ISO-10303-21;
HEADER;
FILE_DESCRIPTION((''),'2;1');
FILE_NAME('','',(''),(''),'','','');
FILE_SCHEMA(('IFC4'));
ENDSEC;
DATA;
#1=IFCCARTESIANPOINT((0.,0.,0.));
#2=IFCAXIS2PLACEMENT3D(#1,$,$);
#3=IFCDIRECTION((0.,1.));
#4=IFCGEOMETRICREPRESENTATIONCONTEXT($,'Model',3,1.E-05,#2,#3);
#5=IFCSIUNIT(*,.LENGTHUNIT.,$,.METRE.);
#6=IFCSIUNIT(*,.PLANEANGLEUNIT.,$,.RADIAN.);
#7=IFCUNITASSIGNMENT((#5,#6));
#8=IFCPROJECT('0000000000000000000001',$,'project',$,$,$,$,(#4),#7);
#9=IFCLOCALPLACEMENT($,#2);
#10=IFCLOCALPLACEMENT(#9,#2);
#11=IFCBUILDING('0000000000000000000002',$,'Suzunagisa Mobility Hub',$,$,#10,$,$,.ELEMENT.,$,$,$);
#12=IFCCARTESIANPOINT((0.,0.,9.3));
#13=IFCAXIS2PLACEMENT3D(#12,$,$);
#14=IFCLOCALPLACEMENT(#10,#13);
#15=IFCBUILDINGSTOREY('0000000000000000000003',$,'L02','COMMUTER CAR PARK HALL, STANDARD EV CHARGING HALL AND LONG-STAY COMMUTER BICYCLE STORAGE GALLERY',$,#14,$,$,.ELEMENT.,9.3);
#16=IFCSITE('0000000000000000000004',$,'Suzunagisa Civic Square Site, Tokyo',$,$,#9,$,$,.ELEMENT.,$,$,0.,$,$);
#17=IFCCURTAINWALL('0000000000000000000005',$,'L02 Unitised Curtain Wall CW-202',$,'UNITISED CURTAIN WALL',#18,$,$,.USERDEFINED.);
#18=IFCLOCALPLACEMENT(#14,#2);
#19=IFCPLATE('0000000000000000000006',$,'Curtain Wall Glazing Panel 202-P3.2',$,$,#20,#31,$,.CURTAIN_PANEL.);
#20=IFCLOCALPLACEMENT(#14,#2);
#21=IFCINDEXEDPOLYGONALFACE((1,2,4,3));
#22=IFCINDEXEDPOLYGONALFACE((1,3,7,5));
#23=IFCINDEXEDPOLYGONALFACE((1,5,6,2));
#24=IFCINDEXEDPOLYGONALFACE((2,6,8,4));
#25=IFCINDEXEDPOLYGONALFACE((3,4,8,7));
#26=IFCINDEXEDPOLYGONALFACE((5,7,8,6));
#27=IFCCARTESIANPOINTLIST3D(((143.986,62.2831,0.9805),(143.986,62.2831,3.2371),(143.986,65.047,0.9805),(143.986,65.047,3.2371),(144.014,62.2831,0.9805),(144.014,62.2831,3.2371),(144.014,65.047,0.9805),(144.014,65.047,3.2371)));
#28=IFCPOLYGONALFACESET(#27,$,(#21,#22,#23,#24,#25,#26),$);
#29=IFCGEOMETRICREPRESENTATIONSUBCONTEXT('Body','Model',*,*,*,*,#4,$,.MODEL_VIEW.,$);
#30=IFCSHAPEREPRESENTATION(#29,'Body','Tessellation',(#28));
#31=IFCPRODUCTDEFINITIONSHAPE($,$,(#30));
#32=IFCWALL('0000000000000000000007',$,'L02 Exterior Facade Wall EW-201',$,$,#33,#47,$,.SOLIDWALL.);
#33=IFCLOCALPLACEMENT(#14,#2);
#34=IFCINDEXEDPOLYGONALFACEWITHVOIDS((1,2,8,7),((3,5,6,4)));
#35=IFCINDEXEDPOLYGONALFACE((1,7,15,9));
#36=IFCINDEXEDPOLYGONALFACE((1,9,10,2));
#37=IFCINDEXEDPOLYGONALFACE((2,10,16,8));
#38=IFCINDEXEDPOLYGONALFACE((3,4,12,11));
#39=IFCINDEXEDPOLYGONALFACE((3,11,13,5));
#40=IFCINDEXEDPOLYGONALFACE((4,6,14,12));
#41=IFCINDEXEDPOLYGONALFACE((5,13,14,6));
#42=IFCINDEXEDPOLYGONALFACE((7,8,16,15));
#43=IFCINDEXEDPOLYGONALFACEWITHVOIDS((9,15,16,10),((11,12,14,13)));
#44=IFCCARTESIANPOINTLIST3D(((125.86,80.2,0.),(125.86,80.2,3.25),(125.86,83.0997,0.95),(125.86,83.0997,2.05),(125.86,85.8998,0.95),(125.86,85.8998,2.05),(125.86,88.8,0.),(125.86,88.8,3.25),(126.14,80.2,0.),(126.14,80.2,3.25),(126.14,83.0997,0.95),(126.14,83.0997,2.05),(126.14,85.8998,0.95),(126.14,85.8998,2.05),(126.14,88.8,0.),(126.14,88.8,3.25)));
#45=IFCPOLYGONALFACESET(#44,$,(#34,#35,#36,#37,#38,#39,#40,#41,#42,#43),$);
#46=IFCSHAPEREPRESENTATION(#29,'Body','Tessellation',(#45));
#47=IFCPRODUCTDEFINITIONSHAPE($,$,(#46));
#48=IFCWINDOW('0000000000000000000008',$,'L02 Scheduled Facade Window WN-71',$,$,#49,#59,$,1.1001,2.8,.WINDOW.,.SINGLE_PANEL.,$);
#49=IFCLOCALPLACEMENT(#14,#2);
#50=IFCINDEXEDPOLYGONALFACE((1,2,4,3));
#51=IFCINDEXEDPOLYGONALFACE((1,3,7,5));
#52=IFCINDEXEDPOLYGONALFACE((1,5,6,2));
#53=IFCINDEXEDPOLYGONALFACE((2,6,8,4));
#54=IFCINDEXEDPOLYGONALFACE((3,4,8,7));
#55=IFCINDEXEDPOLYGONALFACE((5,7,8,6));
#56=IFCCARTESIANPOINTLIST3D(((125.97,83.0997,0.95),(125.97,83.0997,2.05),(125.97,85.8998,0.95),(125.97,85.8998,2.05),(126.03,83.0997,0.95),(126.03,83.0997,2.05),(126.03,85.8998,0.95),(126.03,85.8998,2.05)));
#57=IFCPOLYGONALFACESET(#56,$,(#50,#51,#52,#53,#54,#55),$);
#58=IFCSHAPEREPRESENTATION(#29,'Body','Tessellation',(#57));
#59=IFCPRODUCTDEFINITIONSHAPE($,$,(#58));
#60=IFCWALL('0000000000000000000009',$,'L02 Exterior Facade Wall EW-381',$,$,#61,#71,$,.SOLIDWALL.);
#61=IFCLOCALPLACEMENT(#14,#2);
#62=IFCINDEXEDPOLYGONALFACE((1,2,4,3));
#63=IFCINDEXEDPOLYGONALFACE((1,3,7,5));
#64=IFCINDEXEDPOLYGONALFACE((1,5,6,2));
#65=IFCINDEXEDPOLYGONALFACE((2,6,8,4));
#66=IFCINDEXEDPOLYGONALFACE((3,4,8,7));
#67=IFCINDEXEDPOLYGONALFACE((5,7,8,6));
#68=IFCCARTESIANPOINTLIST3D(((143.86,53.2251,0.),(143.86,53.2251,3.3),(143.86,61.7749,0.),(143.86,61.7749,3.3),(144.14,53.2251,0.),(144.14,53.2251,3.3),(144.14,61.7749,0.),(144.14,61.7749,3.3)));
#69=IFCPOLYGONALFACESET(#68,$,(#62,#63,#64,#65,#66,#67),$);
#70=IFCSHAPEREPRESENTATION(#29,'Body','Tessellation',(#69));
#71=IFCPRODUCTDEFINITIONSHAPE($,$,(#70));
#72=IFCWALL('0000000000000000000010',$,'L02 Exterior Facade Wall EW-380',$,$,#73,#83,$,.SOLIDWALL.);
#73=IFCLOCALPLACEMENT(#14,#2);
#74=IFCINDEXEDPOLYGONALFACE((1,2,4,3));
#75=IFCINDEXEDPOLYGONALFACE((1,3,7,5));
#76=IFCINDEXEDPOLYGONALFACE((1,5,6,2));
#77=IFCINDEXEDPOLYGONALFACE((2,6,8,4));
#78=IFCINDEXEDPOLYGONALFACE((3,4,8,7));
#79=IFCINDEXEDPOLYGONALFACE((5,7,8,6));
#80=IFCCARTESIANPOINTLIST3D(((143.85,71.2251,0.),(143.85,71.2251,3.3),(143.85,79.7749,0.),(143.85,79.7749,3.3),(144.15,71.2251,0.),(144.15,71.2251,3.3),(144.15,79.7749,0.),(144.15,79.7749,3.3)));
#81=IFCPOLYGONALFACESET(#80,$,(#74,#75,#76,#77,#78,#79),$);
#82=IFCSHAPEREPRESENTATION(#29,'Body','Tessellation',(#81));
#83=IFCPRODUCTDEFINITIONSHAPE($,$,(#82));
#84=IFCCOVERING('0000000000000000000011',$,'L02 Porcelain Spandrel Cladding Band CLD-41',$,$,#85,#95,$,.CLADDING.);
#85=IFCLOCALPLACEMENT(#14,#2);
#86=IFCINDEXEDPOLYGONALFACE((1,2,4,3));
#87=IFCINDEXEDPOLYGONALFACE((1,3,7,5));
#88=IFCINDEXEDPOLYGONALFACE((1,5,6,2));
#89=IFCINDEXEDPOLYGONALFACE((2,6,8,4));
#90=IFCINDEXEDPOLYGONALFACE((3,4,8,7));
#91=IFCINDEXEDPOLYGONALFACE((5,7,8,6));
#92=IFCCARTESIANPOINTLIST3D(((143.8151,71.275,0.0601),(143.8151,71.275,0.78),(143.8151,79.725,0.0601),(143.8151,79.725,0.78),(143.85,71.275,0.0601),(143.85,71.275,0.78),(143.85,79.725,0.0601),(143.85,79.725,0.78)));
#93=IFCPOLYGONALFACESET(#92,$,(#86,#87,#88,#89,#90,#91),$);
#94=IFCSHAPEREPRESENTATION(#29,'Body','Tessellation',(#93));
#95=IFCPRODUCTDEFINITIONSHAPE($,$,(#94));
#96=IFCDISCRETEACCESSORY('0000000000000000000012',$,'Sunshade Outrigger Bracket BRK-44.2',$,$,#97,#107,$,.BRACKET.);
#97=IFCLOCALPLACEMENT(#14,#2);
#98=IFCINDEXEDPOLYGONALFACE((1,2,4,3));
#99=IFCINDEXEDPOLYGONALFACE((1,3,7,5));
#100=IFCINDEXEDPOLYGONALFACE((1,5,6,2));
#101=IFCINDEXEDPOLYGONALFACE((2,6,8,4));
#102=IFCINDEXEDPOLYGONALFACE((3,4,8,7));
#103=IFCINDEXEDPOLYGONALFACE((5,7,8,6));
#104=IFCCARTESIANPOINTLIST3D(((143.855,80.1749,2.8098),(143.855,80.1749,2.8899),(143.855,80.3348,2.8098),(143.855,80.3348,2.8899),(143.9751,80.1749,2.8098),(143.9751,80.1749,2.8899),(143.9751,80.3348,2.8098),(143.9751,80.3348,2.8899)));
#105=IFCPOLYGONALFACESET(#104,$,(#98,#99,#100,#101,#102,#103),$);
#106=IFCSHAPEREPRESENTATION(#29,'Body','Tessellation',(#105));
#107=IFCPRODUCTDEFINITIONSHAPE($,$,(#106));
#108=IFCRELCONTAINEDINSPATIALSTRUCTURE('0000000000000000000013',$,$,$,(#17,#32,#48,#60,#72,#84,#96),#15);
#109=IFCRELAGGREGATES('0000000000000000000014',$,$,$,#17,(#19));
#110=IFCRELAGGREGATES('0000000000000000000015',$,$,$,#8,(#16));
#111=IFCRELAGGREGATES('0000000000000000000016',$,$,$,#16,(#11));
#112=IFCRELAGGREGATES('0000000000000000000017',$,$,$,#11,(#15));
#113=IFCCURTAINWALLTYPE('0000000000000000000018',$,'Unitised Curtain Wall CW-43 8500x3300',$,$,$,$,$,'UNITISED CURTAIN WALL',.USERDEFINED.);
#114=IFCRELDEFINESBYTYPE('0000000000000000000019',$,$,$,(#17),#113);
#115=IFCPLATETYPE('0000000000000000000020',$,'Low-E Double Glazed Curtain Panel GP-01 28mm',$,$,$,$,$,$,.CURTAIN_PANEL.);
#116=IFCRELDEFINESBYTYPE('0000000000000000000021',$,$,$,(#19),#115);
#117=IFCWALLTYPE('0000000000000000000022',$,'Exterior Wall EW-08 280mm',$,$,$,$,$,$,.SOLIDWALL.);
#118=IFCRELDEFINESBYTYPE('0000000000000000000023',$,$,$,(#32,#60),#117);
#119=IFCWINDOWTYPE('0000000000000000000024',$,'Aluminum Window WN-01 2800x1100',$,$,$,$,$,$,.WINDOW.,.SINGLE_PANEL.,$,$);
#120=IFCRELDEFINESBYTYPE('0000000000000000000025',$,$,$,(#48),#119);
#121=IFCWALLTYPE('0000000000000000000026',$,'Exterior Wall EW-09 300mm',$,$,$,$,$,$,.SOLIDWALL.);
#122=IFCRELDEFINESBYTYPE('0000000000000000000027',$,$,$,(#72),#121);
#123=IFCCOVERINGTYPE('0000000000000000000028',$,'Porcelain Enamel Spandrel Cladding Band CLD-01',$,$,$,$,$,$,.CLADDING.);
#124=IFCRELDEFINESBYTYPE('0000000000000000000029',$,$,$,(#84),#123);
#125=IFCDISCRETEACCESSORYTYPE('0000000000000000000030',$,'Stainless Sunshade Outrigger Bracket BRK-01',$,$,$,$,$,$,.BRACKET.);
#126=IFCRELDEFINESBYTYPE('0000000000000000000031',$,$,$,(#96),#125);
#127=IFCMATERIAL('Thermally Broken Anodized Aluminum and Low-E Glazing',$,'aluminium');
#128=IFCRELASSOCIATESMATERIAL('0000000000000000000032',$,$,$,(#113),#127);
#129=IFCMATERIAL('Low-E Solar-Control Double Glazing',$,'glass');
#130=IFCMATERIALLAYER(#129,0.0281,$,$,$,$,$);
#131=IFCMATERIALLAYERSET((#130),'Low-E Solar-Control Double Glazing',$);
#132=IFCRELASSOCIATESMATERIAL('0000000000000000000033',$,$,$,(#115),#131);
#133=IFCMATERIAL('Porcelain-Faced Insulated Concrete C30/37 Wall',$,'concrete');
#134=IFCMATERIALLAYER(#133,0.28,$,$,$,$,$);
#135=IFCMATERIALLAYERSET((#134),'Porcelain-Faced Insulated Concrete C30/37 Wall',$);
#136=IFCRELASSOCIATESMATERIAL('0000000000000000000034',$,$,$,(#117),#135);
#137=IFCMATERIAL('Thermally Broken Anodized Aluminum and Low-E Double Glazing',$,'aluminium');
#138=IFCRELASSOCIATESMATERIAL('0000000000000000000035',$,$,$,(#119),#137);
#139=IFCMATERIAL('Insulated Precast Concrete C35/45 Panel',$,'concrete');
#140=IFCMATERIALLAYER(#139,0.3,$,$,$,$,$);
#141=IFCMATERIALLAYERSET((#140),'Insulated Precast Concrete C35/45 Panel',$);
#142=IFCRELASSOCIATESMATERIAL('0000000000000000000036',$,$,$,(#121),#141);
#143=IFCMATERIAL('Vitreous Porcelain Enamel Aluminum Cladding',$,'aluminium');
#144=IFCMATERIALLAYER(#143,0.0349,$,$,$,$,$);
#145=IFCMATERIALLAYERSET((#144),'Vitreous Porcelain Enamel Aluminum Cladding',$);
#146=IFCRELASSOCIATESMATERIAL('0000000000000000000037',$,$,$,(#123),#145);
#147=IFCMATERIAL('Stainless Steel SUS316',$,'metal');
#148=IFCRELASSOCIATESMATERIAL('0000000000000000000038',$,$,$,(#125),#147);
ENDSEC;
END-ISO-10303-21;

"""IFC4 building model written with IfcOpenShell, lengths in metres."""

from ifc_helpers import new_model, si_unit, direction, frame, frame_2d, origin, origin_2d, place, context, subcontext, project, spatial, rectangle, extrude, material, layer, layer_set, type_object, element, fill, aggregate, save


model = new_model("IFC4")

# Units and contexts
model_context = context("Model", 3, precision=1e-05, world=origin(), true_north=direction((0.0, 1.0)))
body_context = subcontext(model_context, "Body", "Model", "MODEL_VIEW")
ifc_project = project(units=[si_unit("LENGTHUNIT", "METRE"), si_unit("PLANEANGLEUNIT", "RADIAN")], contexts=[model_context])

# Site, building, storey
site_placement = place(None, origin())
site = spatial("IfcSite", under=ifc_project, at=site_placement, Name="Suzunagisa Civic Square Site, Tokyo", CompositionType="ELEMENT", RefElevation=0.0)
building_placement = place(site_placement, origin())
building = spatial("IfcBuilding", under=site, at=building_placement, Name="Suzunagisa Mobility Hub", CompositionType="ELEMENT")
storey_placement = place(building_placement, frame((0.0, 0.0, 9.3)))
storey = spatial("IfcBuildingStorey", under=building, at=storey_placement, Name="L02", Description="COMMUTER CAR PARK HALL, STANDARD EV CHARGING HALL AND LONG-STAY COMMUTER BICYCLE STORAGE GALLERY", CompositionType="ELEMENT", Elevation=9.3)

# Curtain wall
ifc_material_1 = material(Name="Thermally Broken Anodized Aluminum and Low-E Glazing", Category="aluminium")
curtain_wall_type = type_object("IfcCurtainWallType", Name="Unitised Curtain Wall CW-43 8500x3300", ElementType="UNITISED CURTAIN WALL", PredefinedType="USERDEFINED", material=ifc_material_1)
curtain_wall_1_placement = place(storey_placement, origin())
curtain_wall_1 = element("IfcCurtainWall", 1, at=curtain_wall_1_placement, inside=storey, type_object=curtain_wall_type, Name="L02 Unitised Curtain Wall CW-202", ObjectType="UNITISED CURTAIN WALL", PredefinedType="USERDEFINED")

# Plate
ifc_material_2 = material(Name="Low-E Solar-Control Double Glazing", Category="glass")
ifc_layer_1 = layer(ifc_material_2, 0.0281)
ifc_layer_set_1 = layer_set([ifc_layer_1], Name="Low-E Solar-Control Double Glazing")
plate_type = type_object("IfcPlateType", Name="Low-E Double Glazed Curtain Panel GP-01 28mm", PredefinedType="CURTAIN_PANEL", material=ifc_layer_set_1)
plate_1_placement = place(storey_placement, frame((144.0, 63.665, 0.9805), z_axis=(0.0, 0.0, 1.0), x_axis=(0.0, -1.0, 0.0)))
plate_1 = element("IfcPlate", 2, at=plate_1_placement, type_object=plate_type, Name="Curtain Wall Glazing Panel 202-P3.2", PredefinedType="CURTAIN_PANEL", context=body_context, shape_type="SweptSolid", body=[
    extrude(rectangle(XDim=2.7639, YDim=0.0281, at=origin_2d()), origin(), (0.0, 0.0, 1.0), 2.2566),
])
aggregate(curtain_wall_1, [plate_1])

# Wall, opening, window
ifc_material_3 = material(Name="Porcelain-Faced Insulated Concrete C30/37 Wall", Category="concrete")
ifc_layer_2 = layer(ifc_material_3, 0.28)
ifc_layer_set_2 = layer_set([ifc_layer_2], Name="Porcelain-Faced Insulated Concrete C30/37 Wall")
wall_type_1 = type_object("IfcWallType", Name="Exterior Wall EW-08 280mm", PredefinedType="SOLIDWALL", material=ifc_layer_set_2)
wall_1_placement = place(storey_placement, frame((126.0, 80.2, 0.0), z_axis=(0.0, 0.0, 1.0), x_axis=(0.0, 1.0, 0.0)))
wall_1 = element("IfcWall", 3, at=wall_1_placement, inside=storey, type_object=wall_type_1, Name="L02 Exterior Facade Wall EW-201", PredefinedType="SOLIDWALL", context=body_context, shape_type="SweptSolid", body=[
    extrude(rectangle(XDim=8.6001, YDim=0.28, at=frame_2d((4.3, 0.0))), origin(), (0.0, 0.0, 1.0), 3.25),
])
opening_placement = place(wall_1_placement, frame((2.8999, 0.0, 0.95)))
opening = element("IfcOpeningElement", 4, at=opening_placement, cuts=wall_1, PredefinedType="OPENING", context=body_context, shape_type="SweptSolid", body=[
    extrude(rectangle(XDim=2.8, YDim=1.1001, at=frame_2d((1.3999, 0.55))), frame((0.0, 0.1509, 0.0), z_axis=(0.0, -1.0, 0.0), x_axis=(1.0, 0.0, 0.0)), (0.0, 0.0, 1.0), 0.302),
])
ifc_material_4 = material(Name="Thermally Broken Anodized Aluminum and Low-E Double Glazing", Category="aluminium")
window_type = type_object("IfcWindowType", Name="Aluminum Window WN-01 2800x1100", PartitioningType="SINGLE_PANEL", PredefinedType="WINDOW", material=ifc_material_4)
window_placement = place(opening_placement, origin())
window = element("IfcWindow", 5, at=window_placement, inside=storey, type_object=window_type, Name="L02 Scheduled Facade Window WN-71", OverallHeight=1.1001, OverallWidth=2.8, PartitioningType="SINGLE_PANEL", PredefinedType="WINDOW", context=body_context, shape_type="SweptSolid", body=[
    extrude(rectangle(XDim=2.8, YDim=1.1001, at=frame_2d((1.3999, 0.55))), frame((0.0, 0.03, 0.0), z_axis=(0.0, -1.0, 0.0), x_axis=(1.0, 0.0, 0.0)), (0.0, 0.0, 1.0), 0.0601),
])
fill(opening, window)

# Walls
wall_2_placement = place(storey_placement, frame((144.0, 61.7749, 0.0), z_axis=(0.0, 0.0, 1.0), x_axis=(0.0, -1.0, 0.0)))
element("IfcWall", 6, at=wall_2_placement, inside=storey, type_object=wall_type_1, Name="L02 Exterior Facade Wall EW-381", PredefinedType="SOLIDWALL", context=body_context, shape_type="SweptSolid", body=[
    extrude(rectangle(XDim=8.5498, YDim=0.28, at=frame_2d((4.2749, 0.0))), origin(), (0.0, 0.0, 1.0), 3.3),
])
ifc_material_5 = material(Name="Insulated Precast Concrete C35/45 Panel", Category="concrete")
ifc_layer_3 = layer(ifc_material_5, 0.3)
ifc_layer_set_3 = layer_set([ifc_layer_3], Name="Insulated Precast Concrete C35/45 Panel")
wall_type_2 = type_object("IfcWallType", Name="Exterior Wall EW-09 300mm", PredefinedType="SOLIDWALL", material=ifc_layer_set_3)
wall_3_placement = place(storey_placement, frame((144.0, 79.7749, 0.0), z_axis=(0.0, 0.0, 1.0), x_axis=(0.0, -1.0, 0.0)))
element("IfcWall", 7, at=wall_3_placement, inside=storey, type_object=wall_type_2, Name="L02 Exterior Facade Wall EW-380", PredefinedType="SOLIDWALL", context=body_context, shape_type="SweptSolid", body=[
    extrude(rectangle(XDim=8.5498, YDim=0.3, at=frame_2d((4.2749, 0.0))), origin(), (0.0, 0.0, 1.0), 3.3),
])

# Covering
ifc_material_6 = material(Name="Vitreous Porcelain Enamel Aluminum Cladding", Category="aluminium")
ifc_layer_4 = layer(ifc_material_6, 0.0349)
ifc_layer_set_4 = layer_set([ifc_layer_4], Name="Vitreous Porcelain Enamel Aluminum Cladding")
covering_type = type_object("IfcCoveringType", Name="Porcelain Enamel Spandrel Cladding Band CLD-01", PredefinedType="CLADDING", material=ifc_layer_set_4)
covering_placement = place(storey_placement, frame((143.8325, 75.5, 0.0601), z_axis=(0.0, 0.0, 1.0), x_axis=(0.0, -1.0, 0.0)))
element("IfcCovering", 8, at=covering_placement, inside=storey, type_object=covering_type, Name="L02 Porcelain Spandrel Cladding Band CLD-41", PredefinedType="CLADDING", context=body_context, shape_type="SweptSolid", body=[
    extrude(rectangle(XDim=8.45, YDim=0.0349, at=origin_2d()), origin(), (0.0, 0.0, 1.0), 0.72),
])

# Discrete accessory
ifc_material_7 = material(Name="Stainless Steel SUS316", Category="metal")
discrete_accessory_type = type_object("IfcDiscreteAccessoryType", Name="Stainless Sunshade Outrigger Bracket BRK-01", PredefinedType="BRACKET", material=ifc_material_7)
discrete_accessory_placement = place(storey_placement, frame((143.915, 80.2549, 2.8098), z_axis=(0.0, 0.0, 1.0), x_axis=(0.0, -1.0, 0.0)))
element("IfcDiscreteAccessory", 9, at=discrete_accessory_placement, inside=storey, type_object=discrete_accessory_type, Name="Sunshade Outrigger Bracket BRK-44.2", PredefinedType="BRACKET", context=body_context, shape_type="SweptSolid", body=[
    extrude(rectangle(XDim=0.1599, YDim=0.1201, at=origin_2d()), origin(), (0.0, 0.0, 1.0), 0.0801),
])

save(model, "model.ifc")
